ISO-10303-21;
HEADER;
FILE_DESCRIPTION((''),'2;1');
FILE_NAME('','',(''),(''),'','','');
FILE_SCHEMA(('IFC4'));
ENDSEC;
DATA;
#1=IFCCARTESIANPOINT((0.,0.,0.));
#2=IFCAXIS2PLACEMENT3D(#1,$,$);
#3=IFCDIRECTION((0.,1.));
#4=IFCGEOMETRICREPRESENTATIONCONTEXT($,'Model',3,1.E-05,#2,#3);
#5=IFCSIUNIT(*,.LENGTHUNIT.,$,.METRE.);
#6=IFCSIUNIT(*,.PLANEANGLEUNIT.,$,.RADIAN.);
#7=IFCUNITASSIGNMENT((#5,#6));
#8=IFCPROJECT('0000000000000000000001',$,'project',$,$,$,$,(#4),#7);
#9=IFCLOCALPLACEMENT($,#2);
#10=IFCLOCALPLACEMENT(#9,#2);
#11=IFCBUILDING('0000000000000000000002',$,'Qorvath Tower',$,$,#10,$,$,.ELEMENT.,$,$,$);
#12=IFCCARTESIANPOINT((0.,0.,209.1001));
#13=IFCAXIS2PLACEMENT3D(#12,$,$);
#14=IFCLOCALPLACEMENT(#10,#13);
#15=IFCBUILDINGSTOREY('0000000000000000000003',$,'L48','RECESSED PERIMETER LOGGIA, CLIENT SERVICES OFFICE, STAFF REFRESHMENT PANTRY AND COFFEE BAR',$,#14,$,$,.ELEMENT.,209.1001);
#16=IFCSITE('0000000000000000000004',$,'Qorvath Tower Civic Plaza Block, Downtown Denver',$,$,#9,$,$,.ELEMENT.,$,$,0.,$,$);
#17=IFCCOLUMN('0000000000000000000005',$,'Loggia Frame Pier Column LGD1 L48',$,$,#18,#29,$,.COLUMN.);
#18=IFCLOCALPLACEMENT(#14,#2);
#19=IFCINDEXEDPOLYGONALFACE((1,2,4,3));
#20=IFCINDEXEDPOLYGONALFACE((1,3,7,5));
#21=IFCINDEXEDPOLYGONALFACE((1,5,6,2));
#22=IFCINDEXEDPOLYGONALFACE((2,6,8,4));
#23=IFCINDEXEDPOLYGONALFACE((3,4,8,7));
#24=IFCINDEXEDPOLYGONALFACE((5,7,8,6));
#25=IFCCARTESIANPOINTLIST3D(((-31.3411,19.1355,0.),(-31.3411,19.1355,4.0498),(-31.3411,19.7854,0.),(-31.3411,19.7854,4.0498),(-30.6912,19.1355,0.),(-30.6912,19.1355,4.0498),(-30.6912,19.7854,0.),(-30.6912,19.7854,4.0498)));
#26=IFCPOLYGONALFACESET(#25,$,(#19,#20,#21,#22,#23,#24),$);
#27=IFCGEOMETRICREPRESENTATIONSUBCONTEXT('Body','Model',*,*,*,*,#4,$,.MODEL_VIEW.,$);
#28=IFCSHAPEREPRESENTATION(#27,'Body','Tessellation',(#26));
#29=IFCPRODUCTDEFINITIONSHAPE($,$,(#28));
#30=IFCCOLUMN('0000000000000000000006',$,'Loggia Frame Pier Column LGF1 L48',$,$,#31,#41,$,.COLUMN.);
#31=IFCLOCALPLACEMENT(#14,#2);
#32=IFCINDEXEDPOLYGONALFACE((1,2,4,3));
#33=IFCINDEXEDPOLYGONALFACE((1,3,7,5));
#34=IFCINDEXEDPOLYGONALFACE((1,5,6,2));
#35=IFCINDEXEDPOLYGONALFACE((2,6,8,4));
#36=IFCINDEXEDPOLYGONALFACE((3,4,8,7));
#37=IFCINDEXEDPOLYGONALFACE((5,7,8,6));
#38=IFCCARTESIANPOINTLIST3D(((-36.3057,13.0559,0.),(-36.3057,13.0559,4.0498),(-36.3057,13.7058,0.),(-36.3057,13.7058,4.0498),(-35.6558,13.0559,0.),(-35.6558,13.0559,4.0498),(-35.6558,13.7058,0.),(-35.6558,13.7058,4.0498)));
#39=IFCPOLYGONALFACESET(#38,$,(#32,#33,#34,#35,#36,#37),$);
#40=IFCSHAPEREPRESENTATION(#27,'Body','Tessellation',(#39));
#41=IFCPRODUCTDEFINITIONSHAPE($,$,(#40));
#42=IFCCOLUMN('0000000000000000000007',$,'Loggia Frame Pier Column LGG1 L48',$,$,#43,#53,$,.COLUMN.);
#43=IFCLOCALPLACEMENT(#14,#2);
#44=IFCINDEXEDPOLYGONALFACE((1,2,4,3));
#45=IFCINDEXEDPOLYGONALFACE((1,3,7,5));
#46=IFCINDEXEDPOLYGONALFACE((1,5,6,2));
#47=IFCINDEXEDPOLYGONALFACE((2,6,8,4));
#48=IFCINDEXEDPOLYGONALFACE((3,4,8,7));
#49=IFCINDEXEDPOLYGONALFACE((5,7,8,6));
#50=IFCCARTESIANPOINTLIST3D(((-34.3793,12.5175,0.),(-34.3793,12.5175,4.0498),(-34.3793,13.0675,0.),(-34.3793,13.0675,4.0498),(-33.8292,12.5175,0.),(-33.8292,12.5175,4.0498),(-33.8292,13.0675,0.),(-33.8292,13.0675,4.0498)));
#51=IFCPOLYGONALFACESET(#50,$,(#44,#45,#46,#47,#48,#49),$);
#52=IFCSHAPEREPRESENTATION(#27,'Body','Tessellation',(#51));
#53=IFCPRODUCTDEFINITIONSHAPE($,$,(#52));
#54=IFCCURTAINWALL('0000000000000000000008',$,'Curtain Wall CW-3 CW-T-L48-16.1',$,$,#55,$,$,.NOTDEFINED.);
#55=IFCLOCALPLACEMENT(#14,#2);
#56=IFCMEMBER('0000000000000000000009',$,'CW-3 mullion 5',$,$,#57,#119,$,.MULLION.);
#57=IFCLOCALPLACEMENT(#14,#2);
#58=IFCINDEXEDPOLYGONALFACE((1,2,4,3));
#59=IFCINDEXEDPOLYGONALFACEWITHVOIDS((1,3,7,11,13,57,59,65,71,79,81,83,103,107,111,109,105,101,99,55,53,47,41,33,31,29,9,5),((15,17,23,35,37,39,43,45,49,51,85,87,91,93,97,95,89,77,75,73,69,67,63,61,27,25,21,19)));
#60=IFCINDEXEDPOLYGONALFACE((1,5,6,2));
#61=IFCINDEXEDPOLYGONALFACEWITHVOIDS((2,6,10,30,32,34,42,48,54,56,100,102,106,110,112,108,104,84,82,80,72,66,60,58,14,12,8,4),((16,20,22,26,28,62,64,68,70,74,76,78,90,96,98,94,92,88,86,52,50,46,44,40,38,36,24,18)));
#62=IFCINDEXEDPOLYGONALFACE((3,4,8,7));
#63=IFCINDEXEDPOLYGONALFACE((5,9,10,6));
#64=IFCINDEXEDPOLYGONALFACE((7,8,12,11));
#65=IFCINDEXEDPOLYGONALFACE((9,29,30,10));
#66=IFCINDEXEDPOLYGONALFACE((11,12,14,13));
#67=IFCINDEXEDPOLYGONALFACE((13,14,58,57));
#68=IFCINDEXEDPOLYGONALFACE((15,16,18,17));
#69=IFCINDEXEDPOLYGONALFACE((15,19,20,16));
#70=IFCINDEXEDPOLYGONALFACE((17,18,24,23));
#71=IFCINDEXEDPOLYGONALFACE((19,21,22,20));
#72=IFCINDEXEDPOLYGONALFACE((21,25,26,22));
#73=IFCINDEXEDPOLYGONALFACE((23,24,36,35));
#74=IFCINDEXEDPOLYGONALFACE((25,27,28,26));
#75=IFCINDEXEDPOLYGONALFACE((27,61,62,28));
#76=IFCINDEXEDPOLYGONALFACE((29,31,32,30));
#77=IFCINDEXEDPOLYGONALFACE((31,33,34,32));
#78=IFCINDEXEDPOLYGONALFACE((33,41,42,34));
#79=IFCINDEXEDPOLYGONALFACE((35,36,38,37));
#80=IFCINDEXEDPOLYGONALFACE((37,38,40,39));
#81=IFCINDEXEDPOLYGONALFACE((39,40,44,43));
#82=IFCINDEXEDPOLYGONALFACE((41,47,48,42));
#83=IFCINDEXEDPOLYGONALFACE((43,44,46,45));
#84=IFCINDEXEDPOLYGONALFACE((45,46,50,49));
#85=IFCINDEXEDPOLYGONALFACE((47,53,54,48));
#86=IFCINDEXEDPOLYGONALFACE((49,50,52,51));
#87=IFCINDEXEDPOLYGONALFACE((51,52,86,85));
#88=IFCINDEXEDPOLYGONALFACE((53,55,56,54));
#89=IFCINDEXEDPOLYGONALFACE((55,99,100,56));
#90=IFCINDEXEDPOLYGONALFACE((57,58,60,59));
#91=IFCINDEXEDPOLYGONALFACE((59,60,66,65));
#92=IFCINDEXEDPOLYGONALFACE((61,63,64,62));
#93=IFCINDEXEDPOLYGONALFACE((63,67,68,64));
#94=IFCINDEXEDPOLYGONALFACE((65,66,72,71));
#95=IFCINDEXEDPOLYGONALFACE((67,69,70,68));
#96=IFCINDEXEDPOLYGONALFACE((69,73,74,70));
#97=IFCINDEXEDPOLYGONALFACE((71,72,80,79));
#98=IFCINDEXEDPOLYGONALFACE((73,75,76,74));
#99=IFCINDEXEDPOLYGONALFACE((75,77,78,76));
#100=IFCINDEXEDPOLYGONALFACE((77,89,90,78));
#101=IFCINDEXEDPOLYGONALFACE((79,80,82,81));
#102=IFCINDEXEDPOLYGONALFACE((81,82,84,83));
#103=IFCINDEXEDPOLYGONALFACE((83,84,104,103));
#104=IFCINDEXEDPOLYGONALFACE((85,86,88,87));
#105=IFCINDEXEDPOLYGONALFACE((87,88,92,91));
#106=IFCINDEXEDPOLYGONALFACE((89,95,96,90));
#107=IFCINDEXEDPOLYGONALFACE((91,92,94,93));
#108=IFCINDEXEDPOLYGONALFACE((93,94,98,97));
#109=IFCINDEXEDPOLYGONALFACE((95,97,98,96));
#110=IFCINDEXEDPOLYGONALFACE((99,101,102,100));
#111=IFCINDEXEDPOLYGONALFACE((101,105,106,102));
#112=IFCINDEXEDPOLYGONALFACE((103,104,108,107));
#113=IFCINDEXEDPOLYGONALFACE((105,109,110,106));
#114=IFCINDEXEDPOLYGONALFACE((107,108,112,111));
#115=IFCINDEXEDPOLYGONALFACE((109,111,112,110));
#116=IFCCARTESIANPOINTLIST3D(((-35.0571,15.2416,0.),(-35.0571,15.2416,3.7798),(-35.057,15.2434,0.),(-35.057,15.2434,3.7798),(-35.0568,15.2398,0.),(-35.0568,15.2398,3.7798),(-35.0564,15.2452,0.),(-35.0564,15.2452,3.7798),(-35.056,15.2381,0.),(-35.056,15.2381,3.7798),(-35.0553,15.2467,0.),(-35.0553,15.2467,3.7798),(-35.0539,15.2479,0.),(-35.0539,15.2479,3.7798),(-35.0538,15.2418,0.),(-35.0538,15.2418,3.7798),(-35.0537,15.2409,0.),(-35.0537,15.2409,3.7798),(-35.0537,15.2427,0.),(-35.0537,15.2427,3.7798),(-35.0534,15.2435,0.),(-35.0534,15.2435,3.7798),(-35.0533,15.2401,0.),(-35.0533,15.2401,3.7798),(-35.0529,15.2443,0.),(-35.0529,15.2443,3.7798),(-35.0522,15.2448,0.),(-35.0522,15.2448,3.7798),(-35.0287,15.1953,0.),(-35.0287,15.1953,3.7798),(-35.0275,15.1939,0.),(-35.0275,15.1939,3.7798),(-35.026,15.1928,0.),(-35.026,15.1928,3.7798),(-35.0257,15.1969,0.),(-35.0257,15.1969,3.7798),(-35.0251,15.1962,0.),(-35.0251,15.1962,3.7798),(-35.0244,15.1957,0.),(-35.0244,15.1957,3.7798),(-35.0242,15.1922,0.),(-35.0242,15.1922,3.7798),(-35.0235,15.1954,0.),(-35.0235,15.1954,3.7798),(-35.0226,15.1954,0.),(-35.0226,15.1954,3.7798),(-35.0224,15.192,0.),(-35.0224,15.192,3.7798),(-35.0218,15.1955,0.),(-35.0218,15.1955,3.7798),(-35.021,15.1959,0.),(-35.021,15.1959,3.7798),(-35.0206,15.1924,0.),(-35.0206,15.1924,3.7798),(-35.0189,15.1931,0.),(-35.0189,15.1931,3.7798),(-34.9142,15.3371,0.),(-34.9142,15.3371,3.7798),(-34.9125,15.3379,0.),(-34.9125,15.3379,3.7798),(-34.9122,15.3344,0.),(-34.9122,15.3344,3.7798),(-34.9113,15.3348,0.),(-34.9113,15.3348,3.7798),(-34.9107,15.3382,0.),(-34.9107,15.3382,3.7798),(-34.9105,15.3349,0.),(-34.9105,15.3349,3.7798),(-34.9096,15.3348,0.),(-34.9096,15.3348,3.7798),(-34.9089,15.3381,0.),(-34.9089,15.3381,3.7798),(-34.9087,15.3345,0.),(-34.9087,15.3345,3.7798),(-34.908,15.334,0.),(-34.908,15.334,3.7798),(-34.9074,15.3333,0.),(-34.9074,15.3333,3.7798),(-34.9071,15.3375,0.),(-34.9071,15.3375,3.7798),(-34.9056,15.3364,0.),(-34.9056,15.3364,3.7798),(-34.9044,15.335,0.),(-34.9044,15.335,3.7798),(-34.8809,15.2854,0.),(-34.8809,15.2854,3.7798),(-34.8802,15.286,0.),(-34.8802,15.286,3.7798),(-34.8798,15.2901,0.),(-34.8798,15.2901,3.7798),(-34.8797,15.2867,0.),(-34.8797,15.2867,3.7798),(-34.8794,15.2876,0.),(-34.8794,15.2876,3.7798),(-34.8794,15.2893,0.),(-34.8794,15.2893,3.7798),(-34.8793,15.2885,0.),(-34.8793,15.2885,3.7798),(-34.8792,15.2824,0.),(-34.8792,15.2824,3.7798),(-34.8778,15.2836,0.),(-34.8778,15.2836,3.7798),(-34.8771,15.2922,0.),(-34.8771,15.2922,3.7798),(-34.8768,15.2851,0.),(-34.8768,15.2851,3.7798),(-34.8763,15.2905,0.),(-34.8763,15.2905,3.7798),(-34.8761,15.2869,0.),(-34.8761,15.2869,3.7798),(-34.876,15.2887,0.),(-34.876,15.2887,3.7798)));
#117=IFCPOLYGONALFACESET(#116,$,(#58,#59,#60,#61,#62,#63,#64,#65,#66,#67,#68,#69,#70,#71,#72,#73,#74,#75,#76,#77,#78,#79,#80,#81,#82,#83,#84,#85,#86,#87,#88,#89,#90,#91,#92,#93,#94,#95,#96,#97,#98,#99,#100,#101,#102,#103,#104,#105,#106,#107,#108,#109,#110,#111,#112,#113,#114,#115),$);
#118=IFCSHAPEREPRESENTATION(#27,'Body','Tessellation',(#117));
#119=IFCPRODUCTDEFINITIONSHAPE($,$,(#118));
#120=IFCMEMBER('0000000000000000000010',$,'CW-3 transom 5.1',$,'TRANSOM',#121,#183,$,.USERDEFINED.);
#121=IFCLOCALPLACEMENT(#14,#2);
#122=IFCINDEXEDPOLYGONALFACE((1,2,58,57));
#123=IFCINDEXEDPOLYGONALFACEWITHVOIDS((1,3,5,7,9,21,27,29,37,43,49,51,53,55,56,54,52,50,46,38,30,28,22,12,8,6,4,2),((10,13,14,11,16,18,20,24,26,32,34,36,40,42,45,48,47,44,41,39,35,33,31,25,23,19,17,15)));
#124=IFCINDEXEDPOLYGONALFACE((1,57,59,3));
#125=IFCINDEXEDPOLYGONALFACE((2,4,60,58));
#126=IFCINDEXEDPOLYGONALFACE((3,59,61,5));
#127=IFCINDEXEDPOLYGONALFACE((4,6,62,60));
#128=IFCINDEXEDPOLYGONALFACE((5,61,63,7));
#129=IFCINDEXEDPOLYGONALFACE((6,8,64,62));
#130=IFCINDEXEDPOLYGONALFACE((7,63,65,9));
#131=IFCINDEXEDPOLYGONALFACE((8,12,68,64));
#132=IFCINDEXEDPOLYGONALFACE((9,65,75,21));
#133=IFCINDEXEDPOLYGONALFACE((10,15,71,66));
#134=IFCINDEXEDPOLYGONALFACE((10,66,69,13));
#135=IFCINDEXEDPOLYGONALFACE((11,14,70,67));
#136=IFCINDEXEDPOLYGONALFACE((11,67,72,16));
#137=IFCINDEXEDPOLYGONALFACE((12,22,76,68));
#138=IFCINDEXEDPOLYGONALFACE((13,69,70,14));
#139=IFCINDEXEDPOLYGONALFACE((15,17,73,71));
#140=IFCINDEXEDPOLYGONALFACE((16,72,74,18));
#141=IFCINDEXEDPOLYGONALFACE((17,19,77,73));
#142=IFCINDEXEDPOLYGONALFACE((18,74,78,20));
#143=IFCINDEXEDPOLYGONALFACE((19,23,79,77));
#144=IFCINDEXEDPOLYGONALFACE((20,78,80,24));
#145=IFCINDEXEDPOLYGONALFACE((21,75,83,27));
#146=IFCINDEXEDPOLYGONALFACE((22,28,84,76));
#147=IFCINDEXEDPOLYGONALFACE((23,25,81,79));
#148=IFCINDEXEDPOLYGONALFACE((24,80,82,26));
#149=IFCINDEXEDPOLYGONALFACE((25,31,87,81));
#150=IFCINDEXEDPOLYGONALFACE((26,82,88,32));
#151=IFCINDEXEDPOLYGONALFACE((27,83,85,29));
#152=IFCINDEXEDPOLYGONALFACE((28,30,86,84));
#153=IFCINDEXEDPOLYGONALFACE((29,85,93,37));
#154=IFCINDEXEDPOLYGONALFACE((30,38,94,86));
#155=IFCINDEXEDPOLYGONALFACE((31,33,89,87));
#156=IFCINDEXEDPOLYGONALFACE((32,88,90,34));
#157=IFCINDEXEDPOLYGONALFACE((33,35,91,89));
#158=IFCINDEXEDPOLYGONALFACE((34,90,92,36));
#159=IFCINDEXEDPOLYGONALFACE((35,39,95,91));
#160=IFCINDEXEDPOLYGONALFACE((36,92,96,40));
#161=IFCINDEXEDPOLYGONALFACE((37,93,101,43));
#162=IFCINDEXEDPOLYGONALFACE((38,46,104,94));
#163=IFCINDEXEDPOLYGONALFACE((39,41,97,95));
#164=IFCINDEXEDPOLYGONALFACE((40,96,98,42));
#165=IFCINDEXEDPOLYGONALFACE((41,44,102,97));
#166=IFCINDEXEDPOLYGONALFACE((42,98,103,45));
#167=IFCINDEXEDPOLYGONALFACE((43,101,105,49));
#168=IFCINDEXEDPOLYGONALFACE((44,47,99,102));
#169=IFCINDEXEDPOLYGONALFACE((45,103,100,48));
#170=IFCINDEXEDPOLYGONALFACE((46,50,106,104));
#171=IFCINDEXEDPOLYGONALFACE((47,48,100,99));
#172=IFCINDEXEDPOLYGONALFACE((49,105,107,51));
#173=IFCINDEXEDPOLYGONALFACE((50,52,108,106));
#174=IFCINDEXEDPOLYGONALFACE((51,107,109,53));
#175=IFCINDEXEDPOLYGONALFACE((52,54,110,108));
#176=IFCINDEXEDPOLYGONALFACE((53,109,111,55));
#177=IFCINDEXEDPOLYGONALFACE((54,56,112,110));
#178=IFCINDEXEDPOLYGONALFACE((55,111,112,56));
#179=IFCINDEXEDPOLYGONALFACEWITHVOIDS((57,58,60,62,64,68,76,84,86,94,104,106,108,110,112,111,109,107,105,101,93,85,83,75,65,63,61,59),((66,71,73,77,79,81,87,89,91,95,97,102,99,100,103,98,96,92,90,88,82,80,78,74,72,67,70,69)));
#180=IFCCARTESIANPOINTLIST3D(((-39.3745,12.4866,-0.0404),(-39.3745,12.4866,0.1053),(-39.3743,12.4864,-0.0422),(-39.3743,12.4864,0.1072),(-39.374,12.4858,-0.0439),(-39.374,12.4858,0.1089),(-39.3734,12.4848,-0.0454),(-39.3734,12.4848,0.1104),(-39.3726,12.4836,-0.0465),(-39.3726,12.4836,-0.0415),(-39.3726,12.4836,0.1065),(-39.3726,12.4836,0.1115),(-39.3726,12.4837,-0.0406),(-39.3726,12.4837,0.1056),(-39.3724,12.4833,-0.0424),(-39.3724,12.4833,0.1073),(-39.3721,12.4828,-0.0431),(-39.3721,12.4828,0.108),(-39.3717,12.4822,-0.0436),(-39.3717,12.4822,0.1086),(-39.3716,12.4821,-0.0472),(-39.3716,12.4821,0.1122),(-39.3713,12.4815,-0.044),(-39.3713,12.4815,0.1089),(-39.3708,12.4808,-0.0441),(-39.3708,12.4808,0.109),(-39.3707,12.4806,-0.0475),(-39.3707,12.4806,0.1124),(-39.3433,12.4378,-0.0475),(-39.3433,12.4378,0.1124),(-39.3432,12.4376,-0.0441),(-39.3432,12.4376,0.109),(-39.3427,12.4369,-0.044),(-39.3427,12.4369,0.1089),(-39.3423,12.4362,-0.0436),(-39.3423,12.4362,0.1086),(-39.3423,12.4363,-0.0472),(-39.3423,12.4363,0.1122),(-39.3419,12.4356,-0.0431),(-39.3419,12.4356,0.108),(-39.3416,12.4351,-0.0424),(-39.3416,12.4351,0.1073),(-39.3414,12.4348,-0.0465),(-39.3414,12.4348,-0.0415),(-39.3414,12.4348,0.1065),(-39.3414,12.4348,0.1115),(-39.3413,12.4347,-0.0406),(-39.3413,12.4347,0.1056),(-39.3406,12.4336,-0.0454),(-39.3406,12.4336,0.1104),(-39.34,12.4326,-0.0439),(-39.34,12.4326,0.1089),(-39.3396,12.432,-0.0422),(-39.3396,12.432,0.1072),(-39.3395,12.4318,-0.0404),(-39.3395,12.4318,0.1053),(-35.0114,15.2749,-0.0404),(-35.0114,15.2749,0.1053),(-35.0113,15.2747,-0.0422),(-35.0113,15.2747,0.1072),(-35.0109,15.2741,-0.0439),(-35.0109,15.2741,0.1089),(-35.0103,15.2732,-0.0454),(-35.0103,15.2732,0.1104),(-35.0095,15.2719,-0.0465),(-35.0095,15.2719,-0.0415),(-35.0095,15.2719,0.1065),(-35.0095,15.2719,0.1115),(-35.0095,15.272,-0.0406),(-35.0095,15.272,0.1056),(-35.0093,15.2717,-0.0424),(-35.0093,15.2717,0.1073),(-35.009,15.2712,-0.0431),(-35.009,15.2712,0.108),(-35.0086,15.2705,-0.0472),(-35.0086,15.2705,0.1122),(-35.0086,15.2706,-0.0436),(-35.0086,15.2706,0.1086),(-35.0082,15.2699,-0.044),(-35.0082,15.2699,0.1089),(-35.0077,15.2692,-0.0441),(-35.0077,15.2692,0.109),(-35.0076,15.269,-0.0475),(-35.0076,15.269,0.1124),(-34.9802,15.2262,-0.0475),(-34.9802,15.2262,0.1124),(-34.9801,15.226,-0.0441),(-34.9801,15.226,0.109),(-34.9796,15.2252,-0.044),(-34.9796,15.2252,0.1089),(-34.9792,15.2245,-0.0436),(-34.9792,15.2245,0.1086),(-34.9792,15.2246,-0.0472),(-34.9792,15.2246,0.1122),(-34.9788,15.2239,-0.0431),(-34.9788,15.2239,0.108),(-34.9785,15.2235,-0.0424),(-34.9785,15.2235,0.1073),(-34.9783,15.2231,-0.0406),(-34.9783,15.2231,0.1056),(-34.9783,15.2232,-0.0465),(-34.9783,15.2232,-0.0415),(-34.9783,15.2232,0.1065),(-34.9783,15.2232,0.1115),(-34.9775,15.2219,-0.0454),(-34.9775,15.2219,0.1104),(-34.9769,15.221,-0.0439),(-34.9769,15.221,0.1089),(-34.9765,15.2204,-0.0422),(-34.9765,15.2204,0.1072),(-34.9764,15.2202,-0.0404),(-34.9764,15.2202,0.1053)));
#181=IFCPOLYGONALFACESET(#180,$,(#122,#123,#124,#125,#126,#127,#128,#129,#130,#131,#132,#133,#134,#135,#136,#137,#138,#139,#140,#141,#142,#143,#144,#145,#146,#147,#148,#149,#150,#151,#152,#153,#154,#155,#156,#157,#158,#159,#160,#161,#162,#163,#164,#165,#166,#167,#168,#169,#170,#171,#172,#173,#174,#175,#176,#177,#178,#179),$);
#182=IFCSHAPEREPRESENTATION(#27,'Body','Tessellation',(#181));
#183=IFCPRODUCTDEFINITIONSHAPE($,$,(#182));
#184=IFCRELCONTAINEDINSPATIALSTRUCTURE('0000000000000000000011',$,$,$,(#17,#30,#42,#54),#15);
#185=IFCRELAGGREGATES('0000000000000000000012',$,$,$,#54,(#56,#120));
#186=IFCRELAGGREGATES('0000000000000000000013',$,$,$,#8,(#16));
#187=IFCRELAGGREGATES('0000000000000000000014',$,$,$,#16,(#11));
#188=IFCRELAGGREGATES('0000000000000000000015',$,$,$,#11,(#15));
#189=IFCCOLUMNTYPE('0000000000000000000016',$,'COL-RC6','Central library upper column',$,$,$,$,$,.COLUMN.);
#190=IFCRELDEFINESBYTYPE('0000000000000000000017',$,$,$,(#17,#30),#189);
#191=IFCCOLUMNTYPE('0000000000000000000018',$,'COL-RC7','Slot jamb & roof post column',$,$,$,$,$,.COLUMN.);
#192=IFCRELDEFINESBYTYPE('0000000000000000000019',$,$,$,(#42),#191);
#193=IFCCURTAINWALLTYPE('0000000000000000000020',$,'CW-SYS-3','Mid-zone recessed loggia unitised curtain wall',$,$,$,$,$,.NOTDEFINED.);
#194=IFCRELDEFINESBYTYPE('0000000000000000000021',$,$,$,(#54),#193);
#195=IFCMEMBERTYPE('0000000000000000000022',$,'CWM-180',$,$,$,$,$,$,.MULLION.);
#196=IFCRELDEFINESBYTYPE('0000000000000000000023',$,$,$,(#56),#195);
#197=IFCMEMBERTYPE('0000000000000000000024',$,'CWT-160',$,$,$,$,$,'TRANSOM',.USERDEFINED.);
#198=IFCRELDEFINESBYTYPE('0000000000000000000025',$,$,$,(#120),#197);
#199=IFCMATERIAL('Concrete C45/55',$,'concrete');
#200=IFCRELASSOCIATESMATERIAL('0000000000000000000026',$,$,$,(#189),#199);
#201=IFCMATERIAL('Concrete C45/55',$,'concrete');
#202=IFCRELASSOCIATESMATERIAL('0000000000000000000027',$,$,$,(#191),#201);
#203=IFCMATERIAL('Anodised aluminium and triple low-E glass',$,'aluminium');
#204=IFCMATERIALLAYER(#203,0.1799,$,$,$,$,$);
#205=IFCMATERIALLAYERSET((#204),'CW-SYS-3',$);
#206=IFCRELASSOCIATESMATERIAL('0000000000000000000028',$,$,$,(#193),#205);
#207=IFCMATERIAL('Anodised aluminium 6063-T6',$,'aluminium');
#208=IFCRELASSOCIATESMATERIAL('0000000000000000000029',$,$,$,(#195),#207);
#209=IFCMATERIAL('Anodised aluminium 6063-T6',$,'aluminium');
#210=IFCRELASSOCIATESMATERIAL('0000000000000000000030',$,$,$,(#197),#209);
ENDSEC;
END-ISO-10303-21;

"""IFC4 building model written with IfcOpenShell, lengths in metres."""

from ifc_helpers import new_model, si_unit, direction, frame, origin, origin_2d, place, context, subcontext, project, spatial, rectangle, hollow_rectangle, extrude, material, layer, layer_set, material_profile, profile_set, type_object, element, aggregate, save


model = new_model("IFC4")

# Units and contexts
model_context = context("Model", 3, precision=1e-05, world=origin(), true_north=direction((0.0, 1.0)))
body_context = subcontext(model_context, "Body", "Model", "MODEL_VIEW")
ifc_project = project(units=[si_unit("LENGTHUNIT", "METRE"), si_unit("PLANEANGLEUNIT", "RADIAN")], contexts=[model_context])

# Site, building, storey
site_placement = place(None, origin())
site = spatial("IfcSite", under=ifc_project, at=site_placement, Name="Qorvath Tower Civic Plaza Block, Downtown Denver", CompositionType="ELEMENT", RefElevation=0.0)
building_placement = place(site_placement, origin())
building = spatial("IfcBuilding", under=site, at=building_placement, Name="Qorvath Tower", CompositionType="ELEMENT")
storey_placement = place(building_placement, frame((0.0, 0.0, 209.1001)))
storey = spatial("IfcBuildingStorey", under=building, at=storey_placement, Name="L48", Description="RECESSED PERIMETER LOGGIA, CLIENT SERVICES OFFICE, STAFF REFRESHMENT PANTRY AND COFFEE BAR", CompositionType="ELEMENT", Elevation=209.1001)

# Columns
ifc_material_1 = material(Name="Concrete C45/55", Category="concrete")
ifc_material_profile_1 = material_profile(ifc_material_1, rectangle(XDim=0.6499, YDim=0.6499, at=origin_2d()), Name="RC 650x650")
ifc_profile_set_1 = profile_set([ifc_material_profile_1], Name="Concrete C45/55")
column_type_1 = type_object("IfcColumnType", Name="COL-RC6", Description="Central library upper column", PredefinedType="COLUMN", material=ifc_profile_set_1)
for number, where, z_axis, x_axis, name in (
    (1, (-31.0161, 19.4604, 0.0), (0.0, 0.0, 1.0), (1.0, 0.0, 0.0), "Loggia Frame Pier Column LGD1 L48"),
    (2, (-35.9807, 13.3809, 0.0), (0.0, 0.0, 1.0), (1.0, 0.0, 0.0), "Loggia Frame Pier Column LGF1 L48"),
):
    element("IfcColumn", number, at=place(storey_placement, frame(where, z_axis=z_axis, x_axis=x_axis)), inside=storey, type_object=column_type_1, Name=name, PredefinedType="COLUMN", context=body_context, shape_type="SweptSolid", body=[
        extrude(rectangle(XDim=0.6499, YDim=0.6499, at=origin_2d()), origin(), (0.0, 0.0, 1.0), 4.0498),
    ])
ifc_material_2 = material(Name="Concrete C45/55", Category="concrete")
ifc_material_profile_2 = material_profile(ifc_material_2, rectangle(XDim=0.55, YDim=0.55, at=origin_2d()), Name="RC 550x550")
ifc_profile_set_2 = profile_set([ifc_material_profile_2], Name="Concrete C45/55")
column_type_2 = type_object("IfcColumnType", Name="COL-RC7", Description="Slot jamb & roof post column", PredefinedType="COLUMN", material=ifc_profile_set_2)
column_placement = place(storey_placement, frame((-34.1042, 12.7925, 0.0), z_axis=(0.0, 0.0, 1.0), x_axis=(1.0, 0.0, 0.0)))
element("IfcColumn", 3, at=column_placement, inside=storey, type_object=column_type_2, Name="Loggia Frame Pier Column LGG1 L48", PredefinedType="COLUMN", context=body_context, shape_type="SweptSolid", body=[
    extrude(rectangle(XDim=0.55, YDim=0.55, at=origin_2d()), origin(), (0.0, 0.0, 1.0), 4.0498),
])

# Curtain wall, members
ifc_material_3 = material(Name="Anodised aluminium and triple low-E glass", Category="aluminium")
ifc_layer_1 = layer(ifc_material_3, 0.1799)
ifc_layer_set_1 = layer_set([ifc_layer_1], Name="CW-SYS-3")
curtain_wall_type = type_object("IfcCurtainWallType", Name="CW-SYS-3", Description="Mid-zone recessed loggia unitised curtain wall", PredefinedType="NOTDEFINED", material=ifc_layer_set_1)
curtain_wall_placement = place(storey_placement, origin())
curtain_wall = element("IfcCurtainWall", 4, at=curtain_wall_placement, inside=storey, type_object=curtain_wall_type, Name="Curtain Wall CW-3 CW-T-L48-16.1", PredefinedType="NOTDEFINED")
ifc_material_4 = material(Name="Anodised aluminium 6063-T6", Category="aluminium")
ifc_material_profile_3 = material_profile(ifc_material_4, hollow_rectangle(XDim=0.0649, YDim=0.1799, WallThickness=0.0034, InnerFilletRadius=0.0034, OuterFilletRadius=0.0071, at=origin_2d()), Name="CWM 180x65")
ifc_profile_set_3 = profile_set([ifc_material_profile_3], Name="Anodised aluminium 6063-T6")
member_type_1 = type_object("IfcMemberType", Name="CWM-180", PredefinedType="MULLION", material=ifc_profile_set_3)
member_1_placement = place(storey_placement, frame((-34.9666, 15.2651, 0.0), z_axis=(0.0, 0.0, 1.0), x_axis=(0.538532, -0.842605, 0.0)))
member_1 = element("IfcMember", 5, at=member_1_placement, type_object=member_type_1, Name="CW-3 mullion 5", PredefinedType="MULLION", context=body_context, shape_type="SweptSolid", body=[
    extrude(hollow_rectangle(XDim=0.0649, YDim=0.1799, WallThickness=0.0034, InnerFilletRadius=0.0034, OuterFilletRadius=0.0071, at=origin_2d()), origin(), (0.0, 0.0, 1.0), 3.7798),
])
ifc_material_5 = material(Name="Anodised aluminium 6063-T6", Category="aluminium")
ifc_material_profile_4 = material_profile(ifc_material_5, hollow_rectangle(XDim=0.0649, YDim=0.1599, WallThickness=0.0034, InnerFilletRadius=0.0034, OuterFilletRadius=0.0071, at=origin_2d()), Name="CWT 160x65")
ifc_profile_set_4 = profile_set([ifc_material_profile_4], Name="Anodised aluminium 6063-T6")
member_type_2 = type_object("IfcMemberType", Name="CWT-160", ElementType="TRANSOM", PredefinedType="USERDEFINED", material=ifc_profile_set_4)
member_2_placement = place(storey_placement, frame((-34.9939, 15.2476, 0.0325), z_axis=(-0.842623, -0.538504, 0.0), x_axis=(0.538504, -0.842623, 0.0)))
member_2 = element("IfcMember", 6, at=member_2_placement, type_object=member_type_2, Name="CW-3 transom 5.1", ObjectType="TRANSOM", PredefinedType="USERDEFINED", context=body_context, shape_type="SweptSolid", body=[
    extrude(hollow_rectangle(XDim=0.0649, YDim=0.1599, WallThickness=0.0034, InnerFilletRadius=0.0034, OuterFilletRadius=0.0071, at=origin_2d()), origin(), (0.0, 0.0, 1.0), 5.178),
])
aggregate(curtain_wall, [member_1, member_2])

save(model, "model.ifc")
